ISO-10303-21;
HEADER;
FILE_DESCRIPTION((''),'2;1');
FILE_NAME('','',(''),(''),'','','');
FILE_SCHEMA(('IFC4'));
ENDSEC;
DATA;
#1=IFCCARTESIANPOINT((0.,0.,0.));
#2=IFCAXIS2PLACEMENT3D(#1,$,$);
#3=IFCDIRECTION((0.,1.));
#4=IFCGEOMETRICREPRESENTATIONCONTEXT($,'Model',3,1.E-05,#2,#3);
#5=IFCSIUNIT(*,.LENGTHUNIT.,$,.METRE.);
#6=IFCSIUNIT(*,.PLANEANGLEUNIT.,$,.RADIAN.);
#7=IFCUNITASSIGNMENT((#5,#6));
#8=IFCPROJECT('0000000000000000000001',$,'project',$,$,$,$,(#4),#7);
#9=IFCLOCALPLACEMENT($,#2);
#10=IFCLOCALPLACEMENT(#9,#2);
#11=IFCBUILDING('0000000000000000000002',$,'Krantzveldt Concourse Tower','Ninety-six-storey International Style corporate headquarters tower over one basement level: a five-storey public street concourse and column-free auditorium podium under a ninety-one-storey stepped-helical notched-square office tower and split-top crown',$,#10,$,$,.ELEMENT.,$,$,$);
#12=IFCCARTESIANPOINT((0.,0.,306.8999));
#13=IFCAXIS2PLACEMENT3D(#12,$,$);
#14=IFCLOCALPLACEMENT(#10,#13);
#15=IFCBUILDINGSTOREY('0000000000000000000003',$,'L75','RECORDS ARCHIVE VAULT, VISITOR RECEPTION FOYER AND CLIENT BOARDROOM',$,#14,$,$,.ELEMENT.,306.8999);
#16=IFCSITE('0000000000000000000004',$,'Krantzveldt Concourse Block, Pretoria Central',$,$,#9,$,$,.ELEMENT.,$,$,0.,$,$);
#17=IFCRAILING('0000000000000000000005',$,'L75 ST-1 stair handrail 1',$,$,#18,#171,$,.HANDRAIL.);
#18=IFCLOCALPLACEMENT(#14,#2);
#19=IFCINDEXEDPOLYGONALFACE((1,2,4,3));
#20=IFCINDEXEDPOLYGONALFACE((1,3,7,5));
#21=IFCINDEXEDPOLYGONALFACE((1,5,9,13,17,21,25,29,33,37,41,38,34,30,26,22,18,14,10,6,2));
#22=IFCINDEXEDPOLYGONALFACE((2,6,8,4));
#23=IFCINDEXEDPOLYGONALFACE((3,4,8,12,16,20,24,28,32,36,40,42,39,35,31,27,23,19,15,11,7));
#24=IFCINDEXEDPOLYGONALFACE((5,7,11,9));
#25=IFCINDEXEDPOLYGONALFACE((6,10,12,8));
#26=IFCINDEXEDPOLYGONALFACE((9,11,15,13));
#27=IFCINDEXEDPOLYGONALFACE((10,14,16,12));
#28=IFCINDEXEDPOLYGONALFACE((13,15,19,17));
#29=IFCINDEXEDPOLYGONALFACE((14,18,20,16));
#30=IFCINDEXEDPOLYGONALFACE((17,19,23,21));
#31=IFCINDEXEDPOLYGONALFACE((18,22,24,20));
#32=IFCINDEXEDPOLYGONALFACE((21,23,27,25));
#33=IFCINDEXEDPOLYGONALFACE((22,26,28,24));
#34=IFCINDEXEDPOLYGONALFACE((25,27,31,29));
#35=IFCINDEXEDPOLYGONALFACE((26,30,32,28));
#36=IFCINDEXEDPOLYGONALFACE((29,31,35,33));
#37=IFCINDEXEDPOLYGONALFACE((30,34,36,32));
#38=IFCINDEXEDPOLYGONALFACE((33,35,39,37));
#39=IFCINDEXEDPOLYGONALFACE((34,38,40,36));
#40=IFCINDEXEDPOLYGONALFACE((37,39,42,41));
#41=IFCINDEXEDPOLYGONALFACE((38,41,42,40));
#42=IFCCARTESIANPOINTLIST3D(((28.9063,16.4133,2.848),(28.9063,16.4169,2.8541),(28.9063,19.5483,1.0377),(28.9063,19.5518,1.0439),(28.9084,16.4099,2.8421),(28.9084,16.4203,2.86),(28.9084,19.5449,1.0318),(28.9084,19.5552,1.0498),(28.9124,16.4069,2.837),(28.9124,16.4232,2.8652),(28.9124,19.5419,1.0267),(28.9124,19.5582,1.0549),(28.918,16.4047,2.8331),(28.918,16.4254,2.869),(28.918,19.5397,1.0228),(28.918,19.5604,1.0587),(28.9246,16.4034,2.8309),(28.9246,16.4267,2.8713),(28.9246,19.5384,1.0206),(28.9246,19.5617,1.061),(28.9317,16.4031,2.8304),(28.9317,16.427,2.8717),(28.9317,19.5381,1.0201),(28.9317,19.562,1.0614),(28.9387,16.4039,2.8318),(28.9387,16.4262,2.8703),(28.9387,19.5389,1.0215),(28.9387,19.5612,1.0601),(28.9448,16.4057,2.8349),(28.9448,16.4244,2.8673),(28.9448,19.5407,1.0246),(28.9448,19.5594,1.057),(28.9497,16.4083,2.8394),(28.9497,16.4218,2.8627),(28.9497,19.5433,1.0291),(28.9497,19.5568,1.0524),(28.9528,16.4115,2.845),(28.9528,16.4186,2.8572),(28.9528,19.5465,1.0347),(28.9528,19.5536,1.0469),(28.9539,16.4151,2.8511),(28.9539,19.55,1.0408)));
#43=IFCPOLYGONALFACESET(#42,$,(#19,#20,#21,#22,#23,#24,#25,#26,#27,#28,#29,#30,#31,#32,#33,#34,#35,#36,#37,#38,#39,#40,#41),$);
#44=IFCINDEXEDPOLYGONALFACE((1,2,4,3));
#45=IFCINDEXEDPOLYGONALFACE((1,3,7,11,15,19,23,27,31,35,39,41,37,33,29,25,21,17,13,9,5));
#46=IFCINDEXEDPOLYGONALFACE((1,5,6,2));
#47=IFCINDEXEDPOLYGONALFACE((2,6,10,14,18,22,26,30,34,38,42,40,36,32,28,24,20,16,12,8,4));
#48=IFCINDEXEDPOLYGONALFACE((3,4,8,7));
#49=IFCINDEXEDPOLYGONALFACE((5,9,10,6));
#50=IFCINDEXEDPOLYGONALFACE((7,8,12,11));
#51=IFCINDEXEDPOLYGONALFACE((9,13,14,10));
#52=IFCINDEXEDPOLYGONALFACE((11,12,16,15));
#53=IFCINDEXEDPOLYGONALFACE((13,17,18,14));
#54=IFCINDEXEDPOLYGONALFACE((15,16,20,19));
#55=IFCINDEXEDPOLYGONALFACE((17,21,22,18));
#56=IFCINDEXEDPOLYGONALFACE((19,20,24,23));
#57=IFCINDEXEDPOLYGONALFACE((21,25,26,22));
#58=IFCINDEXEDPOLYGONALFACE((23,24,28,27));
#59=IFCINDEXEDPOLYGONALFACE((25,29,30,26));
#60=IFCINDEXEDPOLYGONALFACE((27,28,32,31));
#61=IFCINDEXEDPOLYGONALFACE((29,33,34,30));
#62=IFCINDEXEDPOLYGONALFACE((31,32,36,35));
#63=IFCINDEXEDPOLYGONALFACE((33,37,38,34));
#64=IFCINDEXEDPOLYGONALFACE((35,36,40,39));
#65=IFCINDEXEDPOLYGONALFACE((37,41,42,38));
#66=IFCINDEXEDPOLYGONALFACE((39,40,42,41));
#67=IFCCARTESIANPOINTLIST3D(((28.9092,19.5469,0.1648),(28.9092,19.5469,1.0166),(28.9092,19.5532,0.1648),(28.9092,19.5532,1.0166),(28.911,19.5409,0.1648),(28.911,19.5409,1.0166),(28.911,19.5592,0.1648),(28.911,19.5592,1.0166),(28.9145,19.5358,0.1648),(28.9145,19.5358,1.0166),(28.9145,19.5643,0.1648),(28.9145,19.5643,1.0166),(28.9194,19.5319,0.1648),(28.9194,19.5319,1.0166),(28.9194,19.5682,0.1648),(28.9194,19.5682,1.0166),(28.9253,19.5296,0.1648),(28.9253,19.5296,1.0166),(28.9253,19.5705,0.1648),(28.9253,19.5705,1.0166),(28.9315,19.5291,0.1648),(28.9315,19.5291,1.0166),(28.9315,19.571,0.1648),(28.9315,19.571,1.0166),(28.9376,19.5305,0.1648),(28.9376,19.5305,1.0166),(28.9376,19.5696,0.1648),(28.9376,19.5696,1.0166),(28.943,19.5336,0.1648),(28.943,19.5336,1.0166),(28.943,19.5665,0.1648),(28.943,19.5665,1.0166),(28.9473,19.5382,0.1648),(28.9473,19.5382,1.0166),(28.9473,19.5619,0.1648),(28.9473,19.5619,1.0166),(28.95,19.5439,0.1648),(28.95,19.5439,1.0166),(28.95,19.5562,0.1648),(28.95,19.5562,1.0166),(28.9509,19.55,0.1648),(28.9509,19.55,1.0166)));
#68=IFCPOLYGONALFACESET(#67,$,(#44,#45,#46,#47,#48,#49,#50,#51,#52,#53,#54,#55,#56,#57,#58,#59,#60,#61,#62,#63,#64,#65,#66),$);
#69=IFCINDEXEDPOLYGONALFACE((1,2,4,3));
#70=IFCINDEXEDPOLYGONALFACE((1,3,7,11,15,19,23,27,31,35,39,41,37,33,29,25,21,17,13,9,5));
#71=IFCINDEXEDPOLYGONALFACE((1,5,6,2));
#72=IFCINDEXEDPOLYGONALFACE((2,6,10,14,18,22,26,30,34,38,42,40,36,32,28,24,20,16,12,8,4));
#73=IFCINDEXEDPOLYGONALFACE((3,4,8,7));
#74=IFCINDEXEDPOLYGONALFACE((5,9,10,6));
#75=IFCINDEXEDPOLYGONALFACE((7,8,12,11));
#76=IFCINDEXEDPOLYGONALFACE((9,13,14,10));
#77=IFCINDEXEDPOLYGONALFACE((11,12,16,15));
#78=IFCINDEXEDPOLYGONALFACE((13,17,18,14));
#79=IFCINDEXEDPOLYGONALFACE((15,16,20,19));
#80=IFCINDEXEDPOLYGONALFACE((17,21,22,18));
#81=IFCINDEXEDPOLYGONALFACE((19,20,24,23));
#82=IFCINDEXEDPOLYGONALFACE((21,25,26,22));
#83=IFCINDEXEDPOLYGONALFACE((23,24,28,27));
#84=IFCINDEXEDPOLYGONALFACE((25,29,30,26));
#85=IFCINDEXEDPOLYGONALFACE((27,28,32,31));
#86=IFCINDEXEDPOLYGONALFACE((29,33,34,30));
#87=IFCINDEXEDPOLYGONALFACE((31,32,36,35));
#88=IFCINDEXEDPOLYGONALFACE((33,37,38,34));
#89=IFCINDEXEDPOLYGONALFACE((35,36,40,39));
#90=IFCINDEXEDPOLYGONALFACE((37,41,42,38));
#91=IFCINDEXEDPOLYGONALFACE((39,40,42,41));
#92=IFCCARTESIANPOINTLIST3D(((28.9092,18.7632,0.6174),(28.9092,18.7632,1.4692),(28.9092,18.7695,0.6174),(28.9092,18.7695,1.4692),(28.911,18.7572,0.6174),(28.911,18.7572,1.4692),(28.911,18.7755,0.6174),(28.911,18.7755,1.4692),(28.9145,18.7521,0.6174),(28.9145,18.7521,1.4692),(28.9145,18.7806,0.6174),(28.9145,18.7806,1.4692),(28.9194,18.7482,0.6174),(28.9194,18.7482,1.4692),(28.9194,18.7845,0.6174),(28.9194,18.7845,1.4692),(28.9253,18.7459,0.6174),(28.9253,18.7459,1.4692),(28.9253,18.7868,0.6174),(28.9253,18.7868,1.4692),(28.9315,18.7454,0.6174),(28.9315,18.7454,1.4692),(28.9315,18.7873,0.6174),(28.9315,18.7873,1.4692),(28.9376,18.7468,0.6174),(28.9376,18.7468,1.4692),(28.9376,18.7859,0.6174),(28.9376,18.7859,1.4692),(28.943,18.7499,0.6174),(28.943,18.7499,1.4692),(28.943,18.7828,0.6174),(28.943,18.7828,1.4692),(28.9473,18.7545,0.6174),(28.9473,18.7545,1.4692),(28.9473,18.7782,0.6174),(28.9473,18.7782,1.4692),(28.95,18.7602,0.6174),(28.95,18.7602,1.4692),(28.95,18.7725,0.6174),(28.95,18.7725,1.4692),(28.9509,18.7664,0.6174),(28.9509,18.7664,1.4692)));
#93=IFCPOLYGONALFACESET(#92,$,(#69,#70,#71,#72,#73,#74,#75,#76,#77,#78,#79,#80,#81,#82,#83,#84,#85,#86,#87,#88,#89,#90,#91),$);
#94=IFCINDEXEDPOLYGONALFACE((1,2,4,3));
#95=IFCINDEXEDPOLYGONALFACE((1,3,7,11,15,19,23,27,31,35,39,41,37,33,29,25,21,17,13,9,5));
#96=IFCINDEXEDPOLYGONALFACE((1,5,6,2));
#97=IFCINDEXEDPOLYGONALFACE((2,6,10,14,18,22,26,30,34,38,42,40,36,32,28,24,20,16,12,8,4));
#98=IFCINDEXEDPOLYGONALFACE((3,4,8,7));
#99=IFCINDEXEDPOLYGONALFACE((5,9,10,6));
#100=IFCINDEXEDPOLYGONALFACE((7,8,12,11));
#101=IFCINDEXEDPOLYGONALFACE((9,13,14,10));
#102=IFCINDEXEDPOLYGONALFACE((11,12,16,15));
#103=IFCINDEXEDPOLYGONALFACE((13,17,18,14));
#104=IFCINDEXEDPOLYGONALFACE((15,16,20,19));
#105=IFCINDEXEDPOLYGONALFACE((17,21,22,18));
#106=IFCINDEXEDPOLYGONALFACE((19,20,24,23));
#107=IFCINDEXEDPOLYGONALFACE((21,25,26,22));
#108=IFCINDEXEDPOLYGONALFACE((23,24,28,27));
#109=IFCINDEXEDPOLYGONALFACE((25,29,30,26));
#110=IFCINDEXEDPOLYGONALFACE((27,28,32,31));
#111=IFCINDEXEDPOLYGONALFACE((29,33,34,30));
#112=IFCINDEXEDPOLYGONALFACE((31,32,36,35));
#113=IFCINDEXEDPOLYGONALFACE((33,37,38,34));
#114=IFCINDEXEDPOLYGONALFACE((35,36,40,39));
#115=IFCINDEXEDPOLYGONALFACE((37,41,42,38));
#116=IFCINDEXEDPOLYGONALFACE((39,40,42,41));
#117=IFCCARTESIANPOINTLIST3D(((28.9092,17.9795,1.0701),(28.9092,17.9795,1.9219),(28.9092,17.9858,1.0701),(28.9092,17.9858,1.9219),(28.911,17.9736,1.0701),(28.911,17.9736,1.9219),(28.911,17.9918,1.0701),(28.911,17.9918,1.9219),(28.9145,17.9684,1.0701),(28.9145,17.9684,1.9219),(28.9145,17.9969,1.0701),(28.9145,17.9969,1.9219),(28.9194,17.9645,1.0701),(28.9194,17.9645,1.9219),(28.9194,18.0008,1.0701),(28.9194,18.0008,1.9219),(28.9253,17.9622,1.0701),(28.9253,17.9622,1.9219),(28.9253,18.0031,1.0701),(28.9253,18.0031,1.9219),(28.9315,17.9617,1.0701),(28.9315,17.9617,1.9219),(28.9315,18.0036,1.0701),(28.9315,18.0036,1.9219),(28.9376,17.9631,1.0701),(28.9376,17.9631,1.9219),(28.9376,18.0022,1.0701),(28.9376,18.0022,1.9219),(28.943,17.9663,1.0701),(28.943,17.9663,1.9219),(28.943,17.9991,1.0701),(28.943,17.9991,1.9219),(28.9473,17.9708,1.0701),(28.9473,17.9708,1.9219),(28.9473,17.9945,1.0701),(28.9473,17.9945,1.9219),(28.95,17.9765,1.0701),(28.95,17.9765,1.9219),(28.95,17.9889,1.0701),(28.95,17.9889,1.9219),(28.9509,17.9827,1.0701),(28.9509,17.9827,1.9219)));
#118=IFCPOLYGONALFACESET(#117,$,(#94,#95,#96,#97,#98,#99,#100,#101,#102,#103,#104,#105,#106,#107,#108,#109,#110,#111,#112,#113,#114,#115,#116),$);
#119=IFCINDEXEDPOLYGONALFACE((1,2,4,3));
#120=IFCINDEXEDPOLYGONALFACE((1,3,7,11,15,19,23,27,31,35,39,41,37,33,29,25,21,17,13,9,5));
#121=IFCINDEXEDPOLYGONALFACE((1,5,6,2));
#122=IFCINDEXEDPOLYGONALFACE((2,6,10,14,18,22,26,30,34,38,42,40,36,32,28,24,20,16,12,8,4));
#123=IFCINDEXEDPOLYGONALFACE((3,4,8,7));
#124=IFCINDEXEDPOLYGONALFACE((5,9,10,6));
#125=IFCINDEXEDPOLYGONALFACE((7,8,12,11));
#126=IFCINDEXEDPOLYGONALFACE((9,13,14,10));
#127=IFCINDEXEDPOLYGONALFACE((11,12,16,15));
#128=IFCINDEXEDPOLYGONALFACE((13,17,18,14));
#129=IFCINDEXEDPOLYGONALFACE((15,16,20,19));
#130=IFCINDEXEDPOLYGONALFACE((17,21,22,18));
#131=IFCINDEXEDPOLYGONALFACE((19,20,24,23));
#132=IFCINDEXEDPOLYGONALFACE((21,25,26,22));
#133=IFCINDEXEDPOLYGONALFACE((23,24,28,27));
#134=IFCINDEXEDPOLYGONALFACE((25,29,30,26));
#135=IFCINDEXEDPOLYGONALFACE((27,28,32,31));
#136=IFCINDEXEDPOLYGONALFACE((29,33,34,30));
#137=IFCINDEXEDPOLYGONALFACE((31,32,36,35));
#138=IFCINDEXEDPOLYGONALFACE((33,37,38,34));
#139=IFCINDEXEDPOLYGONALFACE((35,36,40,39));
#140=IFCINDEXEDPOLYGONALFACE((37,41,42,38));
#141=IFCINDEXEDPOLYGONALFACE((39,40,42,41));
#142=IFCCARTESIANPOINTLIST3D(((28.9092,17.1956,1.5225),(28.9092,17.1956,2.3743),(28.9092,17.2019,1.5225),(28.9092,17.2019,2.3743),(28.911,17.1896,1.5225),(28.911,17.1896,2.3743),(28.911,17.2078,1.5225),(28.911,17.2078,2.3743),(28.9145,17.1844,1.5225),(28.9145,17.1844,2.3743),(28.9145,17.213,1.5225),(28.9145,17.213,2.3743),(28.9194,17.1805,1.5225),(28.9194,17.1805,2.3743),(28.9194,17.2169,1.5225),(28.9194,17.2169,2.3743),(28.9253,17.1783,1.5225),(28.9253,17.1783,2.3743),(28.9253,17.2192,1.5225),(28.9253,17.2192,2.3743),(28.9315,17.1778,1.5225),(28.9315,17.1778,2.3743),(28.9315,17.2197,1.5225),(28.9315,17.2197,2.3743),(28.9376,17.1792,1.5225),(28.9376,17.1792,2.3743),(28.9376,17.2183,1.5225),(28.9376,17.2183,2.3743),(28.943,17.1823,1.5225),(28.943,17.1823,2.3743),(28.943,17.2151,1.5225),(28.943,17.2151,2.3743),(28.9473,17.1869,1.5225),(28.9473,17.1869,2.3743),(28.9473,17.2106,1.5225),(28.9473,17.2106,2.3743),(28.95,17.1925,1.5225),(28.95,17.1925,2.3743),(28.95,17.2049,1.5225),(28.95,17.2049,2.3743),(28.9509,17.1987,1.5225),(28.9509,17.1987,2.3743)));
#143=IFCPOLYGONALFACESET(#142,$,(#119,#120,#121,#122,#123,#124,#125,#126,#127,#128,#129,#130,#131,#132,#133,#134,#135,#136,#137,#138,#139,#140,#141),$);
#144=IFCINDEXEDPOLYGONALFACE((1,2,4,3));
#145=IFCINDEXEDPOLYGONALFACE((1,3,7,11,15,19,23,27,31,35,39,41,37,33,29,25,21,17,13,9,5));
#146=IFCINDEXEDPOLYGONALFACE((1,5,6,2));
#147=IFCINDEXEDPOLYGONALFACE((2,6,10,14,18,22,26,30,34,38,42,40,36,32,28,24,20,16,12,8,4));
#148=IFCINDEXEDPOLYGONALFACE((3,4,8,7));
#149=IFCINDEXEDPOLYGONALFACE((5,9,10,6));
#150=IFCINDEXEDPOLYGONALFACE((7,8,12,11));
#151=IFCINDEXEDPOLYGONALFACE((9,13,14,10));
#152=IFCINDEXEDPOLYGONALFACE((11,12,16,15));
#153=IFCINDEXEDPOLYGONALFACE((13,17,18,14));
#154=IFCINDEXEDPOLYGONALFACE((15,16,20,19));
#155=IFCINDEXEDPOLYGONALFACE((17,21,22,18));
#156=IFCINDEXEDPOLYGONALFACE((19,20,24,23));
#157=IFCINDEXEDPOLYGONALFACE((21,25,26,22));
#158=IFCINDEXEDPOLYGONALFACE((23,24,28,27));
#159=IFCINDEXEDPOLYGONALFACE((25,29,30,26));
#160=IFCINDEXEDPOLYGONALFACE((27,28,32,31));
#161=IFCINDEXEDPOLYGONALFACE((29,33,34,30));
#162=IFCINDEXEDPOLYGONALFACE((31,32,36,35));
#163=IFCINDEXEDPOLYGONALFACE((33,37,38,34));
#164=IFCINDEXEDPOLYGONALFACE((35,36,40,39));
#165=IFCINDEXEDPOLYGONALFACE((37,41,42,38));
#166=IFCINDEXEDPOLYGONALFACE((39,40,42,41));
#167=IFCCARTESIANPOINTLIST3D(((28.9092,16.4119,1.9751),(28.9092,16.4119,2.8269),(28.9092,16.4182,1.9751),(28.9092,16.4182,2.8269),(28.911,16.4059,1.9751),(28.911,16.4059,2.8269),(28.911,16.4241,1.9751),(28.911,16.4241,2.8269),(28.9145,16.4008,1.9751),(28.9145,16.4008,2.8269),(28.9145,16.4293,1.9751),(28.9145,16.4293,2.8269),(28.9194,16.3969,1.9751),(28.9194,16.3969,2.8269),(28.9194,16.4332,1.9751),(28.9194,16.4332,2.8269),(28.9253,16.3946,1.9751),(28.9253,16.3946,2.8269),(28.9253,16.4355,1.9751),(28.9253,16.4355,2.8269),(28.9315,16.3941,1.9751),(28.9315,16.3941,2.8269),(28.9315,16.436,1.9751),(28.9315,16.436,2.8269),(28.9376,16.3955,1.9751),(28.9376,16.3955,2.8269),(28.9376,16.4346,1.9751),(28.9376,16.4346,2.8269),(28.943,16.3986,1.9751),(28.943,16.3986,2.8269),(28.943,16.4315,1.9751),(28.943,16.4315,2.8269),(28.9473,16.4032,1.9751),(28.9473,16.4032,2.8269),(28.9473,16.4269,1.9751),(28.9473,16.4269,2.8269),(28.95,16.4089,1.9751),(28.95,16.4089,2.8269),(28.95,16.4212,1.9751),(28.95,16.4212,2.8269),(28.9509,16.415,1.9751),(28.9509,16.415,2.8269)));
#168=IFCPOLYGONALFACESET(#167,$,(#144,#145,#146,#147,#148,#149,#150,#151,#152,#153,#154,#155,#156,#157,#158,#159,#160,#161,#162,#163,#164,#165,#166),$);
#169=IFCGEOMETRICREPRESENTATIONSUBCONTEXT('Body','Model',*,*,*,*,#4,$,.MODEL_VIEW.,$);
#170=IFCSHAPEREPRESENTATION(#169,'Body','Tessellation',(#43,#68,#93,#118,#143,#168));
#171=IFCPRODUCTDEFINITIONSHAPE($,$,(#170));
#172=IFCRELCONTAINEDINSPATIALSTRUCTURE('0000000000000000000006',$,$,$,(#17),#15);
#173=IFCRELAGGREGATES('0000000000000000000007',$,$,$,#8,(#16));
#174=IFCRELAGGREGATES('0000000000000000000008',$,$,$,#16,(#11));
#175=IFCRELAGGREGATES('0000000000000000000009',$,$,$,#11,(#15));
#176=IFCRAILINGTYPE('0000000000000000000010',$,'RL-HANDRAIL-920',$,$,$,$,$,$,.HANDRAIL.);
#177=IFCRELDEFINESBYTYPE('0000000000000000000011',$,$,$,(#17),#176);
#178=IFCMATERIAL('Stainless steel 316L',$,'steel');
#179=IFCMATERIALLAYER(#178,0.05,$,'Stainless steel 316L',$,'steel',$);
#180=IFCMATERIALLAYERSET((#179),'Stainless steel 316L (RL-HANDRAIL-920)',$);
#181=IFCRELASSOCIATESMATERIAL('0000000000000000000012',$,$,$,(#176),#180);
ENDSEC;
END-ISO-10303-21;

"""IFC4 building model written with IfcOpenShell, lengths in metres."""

from ifc_helpers import new_model, si_unit, direction, frame, origin, origin_2d, place, context, subcontext, project, spatial, circle, extrude, material, layer, layer_set, type_object, element, save


model = new_model("IFC4")

# Units and contexts
model_context = context("Model", 3, precision=1e-05, world=origin(), true_north=direction((0.0, 1.0)))
body_context = subcontext(model_context, "Body", "Model", "MODEL_VIEW")
ifc_project = project(units=[si_unit("LENGTHUNIT", "METRE"), si_unit("PLANEANGLEUNIT", "RADIAN")], contexts=[model_context])

# Site, building, storey
site_placement = place(None, origin())
site = spatial("IfcSite", under=ifc_project, at=site_placement, Name="Krantzveldt Concourse Block, Pretoria Central", CompositionType="ELEMENT", RefElevation=0.0)
building_placement = place(site_placement, origin())
building = spatial("IfcBuilding", under=site, at=building_placement, Name="Krantzveldt Concourse Tower", Description="Ninety-six-storey International Style corporate headquarters tower over one basement level: a five-storey public street concourse and column-free auditorium podium under a ninety-one-storey stepped-helical notched-square office tower and split-top crown", CompositionType="ELEMENT")
storey_placement = place(building_placement, frame((0.0, 0.0, 306.8999)))
storey = spatial("IfcBuildingStorey", under=building, at=storey_placement, Name="L75", Description="RECORDS ARCHIVE VAULT, VISITOR RECEPTION FOYER AND CLIENT BOARDROOM", CompositionType="ELEMENT", Elevation=306.8999)

# Railing
ifc_material_1 = material(Name="Stainless steel 316L", Category="steel")
ifc_layer_1 = layer(ifc_material_1, 0.05, Name="Stainless steel 316L", Category="steel")
ifc_layer_set_1 = layer_set([ifc_layer_1], Name="Stainless steel 316L (RL-HANDRAIL-920)")
railing_type_1 = type_object("IfcRailingType", Name="RL-HANDRAIL-920", PredefinedType="HANDRAIL", material=ifc_layer_set_1)
railing_1_placement = place(storey_placement, frame((28.9299, 19.55, 0.1648)))
element("IfcRailing", 1, at=railing_1_placement, inside=storey, type_object=railing_type_1, Name="L75 ST-1 stair handrail 1", PredefinedType="HANDRAIL", context=body_context, shape_type="SweptSolid", body=[
    extrude(circle(Radius=0.0239, at=origin_2d()), frame((0.0, 0.0, 0.876), z_axis=(0.0, -0.865989, 0.500063), x_axis=(1.0, 0.0, 0.0)), (0.0, 0.0, 1.0), 3.6201),
    extrude(circle(Radius=0.021, at=origin_2d()), origin(), (0.0, 0.0, 1.0), 0.8518),
    extrude(circle(Radius=0.021, at=origin_2d()), frame((0.0, -0.7837, 0.4526)), (0.0, 0.0, 1.0), 0.8518),
    extrude(circle(Radius=0.021, at=origin_2d()), frame((0.0, -1.5674, 0.9053)), (0.0, 0.0, 1.0), 0.8518),
    extrude(circle(Radius=0.021, at=origin_2d()), frame((0.0, -2.3513, 1.3577)), (0.0, 0.0, 1.0), 0.8518),
    extrude(circle(Radius=0.021, at=origin_2d()), frame((0.0, -3.135, 1.8103)), (0.0, 0.0, 1.0), 0.8518),
])

save(model, "model.ifc")
